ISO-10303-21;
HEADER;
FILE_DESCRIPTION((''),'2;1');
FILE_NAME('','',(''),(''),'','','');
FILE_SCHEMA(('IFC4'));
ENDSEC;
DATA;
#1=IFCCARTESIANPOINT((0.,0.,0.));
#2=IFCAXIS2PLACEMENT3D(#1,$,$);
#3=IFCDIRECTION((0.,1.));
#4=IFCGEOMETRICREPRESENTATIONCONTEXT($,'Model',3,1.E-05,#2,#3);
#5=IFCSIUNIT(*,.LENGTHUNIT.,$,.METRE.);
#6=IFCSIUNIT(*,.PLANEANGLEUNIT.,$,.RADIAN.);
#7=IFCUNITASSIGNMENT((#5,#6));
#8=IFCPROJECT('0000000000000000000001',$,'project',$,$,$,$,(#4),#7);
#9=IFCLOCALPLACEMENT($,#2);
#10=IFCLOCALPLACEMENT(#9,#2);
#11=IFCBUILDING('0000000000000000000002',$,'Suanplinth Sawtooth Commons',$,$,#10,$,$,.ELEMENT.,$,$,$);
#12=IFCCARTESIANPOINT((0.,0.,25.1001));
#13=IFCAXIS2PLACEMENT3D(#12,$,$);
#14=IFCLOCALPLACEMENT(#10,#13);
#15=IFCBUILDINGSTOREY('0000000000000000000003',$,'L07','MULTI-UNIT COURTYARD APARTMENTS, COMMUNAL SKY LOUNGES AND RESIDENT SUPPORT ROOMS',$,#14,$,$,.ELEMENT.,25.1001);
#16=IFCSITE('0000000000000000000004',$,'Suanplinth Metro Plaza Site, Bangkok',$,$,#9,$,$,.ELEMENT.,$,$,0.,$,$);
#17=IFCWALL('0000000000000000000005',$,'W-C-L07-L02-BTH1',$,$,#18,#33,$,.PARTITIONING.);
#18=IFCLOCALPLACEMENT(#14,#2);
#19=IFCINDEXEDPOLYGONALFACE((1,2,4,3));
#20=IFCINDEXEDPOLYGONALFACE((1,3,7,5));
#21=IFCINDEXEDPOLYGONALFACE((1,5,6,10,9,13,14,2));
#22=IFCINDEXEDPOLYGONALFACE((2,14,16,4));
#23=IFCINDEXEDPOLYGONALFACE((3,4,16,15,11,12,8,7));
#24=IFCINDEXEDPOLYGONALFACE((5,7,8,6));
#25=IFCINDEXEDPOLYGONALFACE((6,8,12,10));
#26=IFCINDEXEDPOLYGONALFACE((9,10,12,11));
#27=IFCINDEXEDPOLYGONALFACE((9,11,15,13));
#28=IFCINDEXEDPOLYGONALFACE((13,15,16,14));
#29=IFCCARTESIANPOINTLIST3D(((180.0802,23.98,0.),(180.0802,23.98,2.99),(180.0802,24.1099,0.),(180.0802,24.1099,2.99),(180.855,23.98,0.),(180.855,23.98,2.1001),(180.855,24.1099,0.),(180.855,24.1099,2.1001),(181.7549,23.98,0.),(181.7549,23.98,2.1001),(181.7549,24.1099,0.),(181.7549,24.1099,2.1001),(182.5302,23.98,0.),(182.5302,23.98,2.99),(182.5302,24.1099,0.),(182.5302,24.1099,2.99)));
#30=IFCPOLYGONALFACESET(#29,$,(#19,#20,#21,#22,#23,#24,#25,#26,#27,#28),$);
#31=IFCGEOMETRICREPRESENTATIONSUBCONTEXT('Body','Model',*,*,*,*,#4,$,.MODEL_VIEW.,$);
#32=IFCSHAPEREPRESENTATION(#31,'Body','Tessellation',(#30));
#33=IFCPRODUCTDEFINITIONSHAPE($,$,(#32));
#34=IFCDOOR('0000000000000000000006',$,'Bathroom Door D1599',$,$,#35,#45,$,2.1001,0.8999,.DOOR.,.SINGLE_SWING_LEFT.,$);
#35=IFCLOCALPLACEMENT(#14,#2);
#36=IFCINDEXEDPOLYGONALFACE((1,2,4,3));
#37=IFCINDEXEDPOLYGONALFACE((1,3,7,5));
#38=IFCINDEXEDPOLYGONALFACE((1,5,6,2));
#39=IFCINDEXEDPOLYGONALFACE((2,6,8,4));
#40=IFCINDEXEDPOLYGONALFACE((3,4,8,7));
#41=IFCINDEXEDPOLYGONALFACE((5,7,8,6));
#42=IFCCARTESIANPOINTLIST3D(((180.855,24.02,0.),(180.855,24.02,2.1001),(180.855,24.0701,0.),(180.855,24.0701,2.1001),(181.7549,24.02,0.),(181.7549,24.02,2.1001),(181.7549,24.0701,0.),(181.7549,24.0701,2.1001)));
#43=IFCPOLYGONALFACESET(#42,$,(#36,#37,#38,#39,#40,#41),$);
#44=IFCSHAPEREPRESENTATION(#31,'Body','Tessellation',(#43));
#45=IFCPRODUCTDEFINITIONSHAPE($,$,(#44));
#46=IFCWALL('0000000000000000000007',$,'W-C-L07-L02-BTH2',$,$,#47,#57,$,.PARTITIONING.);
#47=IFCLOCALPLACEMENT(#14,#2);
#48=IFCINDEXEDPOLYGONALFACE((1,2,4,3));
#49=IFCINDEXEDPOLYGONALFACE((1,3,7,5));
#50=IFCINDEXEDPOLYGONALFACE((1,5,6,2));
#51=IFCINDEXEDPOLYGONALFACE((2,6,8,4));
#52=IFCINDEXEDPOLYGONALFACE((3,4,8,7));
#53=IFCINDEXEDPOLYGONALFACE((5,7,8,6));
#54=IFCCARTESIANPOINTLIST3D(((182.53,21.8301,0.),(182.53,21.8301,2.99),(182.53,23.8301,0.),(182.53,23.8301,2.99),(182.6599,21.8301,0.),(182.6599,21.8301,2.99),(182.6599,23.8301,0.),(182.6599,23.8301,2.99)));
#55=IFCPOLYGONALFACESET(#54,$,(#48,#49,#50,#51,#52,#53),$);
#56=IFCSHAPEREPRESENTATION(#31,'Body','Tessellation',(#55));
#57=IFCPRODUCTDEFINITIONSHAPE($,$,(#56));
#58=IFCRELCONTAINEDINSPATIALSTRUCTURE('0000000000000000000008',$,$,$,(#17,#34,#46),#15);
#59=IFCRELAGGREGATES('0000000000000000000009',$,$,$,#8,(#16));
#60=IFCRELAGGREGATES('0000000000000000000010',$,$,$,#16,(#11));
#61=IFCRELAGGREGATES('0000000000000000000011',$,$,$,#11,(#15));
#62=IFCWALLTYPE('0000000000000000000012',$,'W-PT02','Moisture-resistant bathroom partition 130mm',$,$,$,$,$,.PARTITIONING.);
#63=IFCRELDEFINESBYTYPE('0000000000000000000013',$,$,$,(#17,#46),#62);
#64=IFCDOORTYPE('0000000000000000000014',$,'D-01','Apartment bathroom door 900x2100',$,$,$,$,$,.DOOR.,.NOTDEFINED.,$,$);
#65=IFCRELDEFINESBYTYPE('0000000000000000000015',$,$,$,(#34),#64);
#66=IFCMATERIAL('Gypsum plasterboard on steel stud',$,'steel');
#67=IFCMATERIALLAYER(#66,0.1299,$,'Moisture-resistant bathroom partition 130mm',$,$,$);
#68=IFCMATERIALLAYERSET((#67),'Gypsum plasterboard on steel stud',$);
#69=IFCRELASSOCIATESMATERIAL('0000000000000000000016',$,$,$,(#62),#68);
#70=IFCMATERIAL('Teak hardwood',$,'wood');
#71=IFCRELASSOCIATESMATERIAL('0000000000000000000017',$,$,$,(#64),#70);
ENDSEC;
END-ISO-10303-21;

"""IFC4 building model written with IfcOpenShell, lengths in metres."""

from ifc_helpers import new_model, si_unit, direction, frame, frame_2d, origin, place, context, subcontext, project, spatial, rectangle, extrude, material, layer, layer_set, type_object, element, fill, save


model = new_model("IFC4")

# Units and contexts
model_context = context("Model", 3, precision=1e-05, world=origin(), true_north=direction((0.0, 1.0)))
body_context = subcontext(model_context, "Body", "Model", "MODEL_VIEW")
ifc_project = project(units=[si_unit("LENGTHUNIT", "METRE"), si_unit("PLANEANGLEUNIT", "RADIAN")], contexts=[model_context])

# Site, building, storey
site_placement = place(None, origin())
site = spatial("IfcSite", under=ifc_project, at=site_placement, Name="Suanplinth Metro Plaza Site, Bangkok", CompositionType="ELEMENT", RefElevation=0.0)
building_placement = place(site_placement, origin())
building = spatial("IfcBuilding", under=site, at=building_placement, Name="Suanplinth Sawtooth Commons", CompositionType="ELEMENT")
storey_placement = place(building_placement, frame((0.0, 0.0, 25.1001)))
storey = spatial("IfcBuildingStorey", under=building, at=storey_placement, Name="L07", Description="MULTI-UNIT COURTYARD APARTMENTS, COMMUNAL SKY LOUNGES AND RESIDENT SUPPORT ROOMS", CompositionType="ELEMENT", Elevation=25.1001)

# Shared definitions
ifc_material_1 = material(Name="Gypsum plasterboard on steel stud", Category="steel")
ifc_layer_1 = layer(ifc_material_1, 0.1299, Name="Moisture-resistant bathroom partition 130mm")
ifc_layer_set_1 = layer_set([ifc_layer_1], Name="Gypsum plasterboard on steel stud")
wall_type_1 = type_object("IfcWallType", Name="W-PT02", Description="Moisture-resistant bathroom partition 130mm", PredefinedType="PARTITIONING", material=ifc_layer_set_1)
ifc_material_2 = material(Name="Teak hardwood", Category="wood")
door_type_1 = type_object("IfcDoorType", Name="D-01", Description="Apartment bathroom door 900x2100", OperationType="NOTDEFINED", PredefinedType="DOOR", material=ifc_material_2)

# Wall, opening, door
wall_1_placement = place(storey_placement, frame((180.0801, 24.0449, 0.0), z_axis=(0.0, 0.0, 1.0), x_axis=(1.0, 0.0, 0.0)))
wall_1 = element("IfcWall", 1, at=wall_1_placement, inside=storey, type_object=wall_type_1, Name="W-C-L07-L02-BTH1", PredefinedType="PARTITIONING", context=body_context, shape_type="SweptSolid", body=[
    extrude(rectangle(XDim=2.45, YDim=0.1299, at=frame_2d((1.2251, 0.0))), origin(), (0.0, 0.0, 1.0), 2.99),
])
opening_1_placement = place(wall_1_placement, frame((0.7749, 0.0, 0.0)))
opening_1 = element("IfcOpeningElement", 2, at=opening_1_placement, cuts=wall_1, PredefinedType="OPENING", context=body_context, shape_type="SweptSolid", body=[
    extrude(rectangle(XDim=0.8999, YDim=2.1001, at=frame_2d((0.45, 1.05))), frame((0.0, 0.0798, 0.0), z_axis=(0.0, -1.0, 0.0), x_axis=(1.0, 0.0, 0.0)), (0.0, 0.0, 1.0), 0.1597),
])
door_1_placement = place(opening_1_placement, frame((0.8999, 0.0, 0.0), z_axis=(0.0, 0.0, 1.0), x_axis=(-1.0, 0.0, 0.0)))
door_1 = element("IfcDoor", 3, at=door_1_placement, inside=storey, type_object=door_type_1, Name="Bathroom Door D1599", OperationType="SINGLE_SWING_LEFT", OverallHeight=2.1001, OverallWidth=0.8999, PredefinedType="DOOR", context=body_context, shape_type="SweptSolid", body=[
    extrude(rectangle(XDim=0.8999, YDim=2.1001, at=frame_2d((0.45, 1.05))), frame((0.0, 0.0249, 0.0), z_axis=(0.0, -1.0, 0.0), x_axis=(1.0, 0.0, 0.0)), (0.0, 0.0, 1.0), 0.05),
])
fill(opening_1, door_1)

# Wall
wall_2_placement = place(storey_placement, frame((182.595, 21.8301, 0.0), z_axis=(0.0, 0.0, 1.0), x_axis=(0.0, 1.0, 0.0)))
element("IfcWall", 4, at=wall_2_placement, inside=storey, type_object=wall_type_1, Name="W-C-L07-L02-BTH2", PredefinedType="PARTITIONING", context=body_context, shape_type="SweptSolid", body=[
    extrude(rectangle(XDim=2.0, YDim=0.1299, at=frame_2d((1.0, 0.0))), origin(), (0.0, 0.0, 1.0), 2.99),
])

save(model, "model.ifc")
